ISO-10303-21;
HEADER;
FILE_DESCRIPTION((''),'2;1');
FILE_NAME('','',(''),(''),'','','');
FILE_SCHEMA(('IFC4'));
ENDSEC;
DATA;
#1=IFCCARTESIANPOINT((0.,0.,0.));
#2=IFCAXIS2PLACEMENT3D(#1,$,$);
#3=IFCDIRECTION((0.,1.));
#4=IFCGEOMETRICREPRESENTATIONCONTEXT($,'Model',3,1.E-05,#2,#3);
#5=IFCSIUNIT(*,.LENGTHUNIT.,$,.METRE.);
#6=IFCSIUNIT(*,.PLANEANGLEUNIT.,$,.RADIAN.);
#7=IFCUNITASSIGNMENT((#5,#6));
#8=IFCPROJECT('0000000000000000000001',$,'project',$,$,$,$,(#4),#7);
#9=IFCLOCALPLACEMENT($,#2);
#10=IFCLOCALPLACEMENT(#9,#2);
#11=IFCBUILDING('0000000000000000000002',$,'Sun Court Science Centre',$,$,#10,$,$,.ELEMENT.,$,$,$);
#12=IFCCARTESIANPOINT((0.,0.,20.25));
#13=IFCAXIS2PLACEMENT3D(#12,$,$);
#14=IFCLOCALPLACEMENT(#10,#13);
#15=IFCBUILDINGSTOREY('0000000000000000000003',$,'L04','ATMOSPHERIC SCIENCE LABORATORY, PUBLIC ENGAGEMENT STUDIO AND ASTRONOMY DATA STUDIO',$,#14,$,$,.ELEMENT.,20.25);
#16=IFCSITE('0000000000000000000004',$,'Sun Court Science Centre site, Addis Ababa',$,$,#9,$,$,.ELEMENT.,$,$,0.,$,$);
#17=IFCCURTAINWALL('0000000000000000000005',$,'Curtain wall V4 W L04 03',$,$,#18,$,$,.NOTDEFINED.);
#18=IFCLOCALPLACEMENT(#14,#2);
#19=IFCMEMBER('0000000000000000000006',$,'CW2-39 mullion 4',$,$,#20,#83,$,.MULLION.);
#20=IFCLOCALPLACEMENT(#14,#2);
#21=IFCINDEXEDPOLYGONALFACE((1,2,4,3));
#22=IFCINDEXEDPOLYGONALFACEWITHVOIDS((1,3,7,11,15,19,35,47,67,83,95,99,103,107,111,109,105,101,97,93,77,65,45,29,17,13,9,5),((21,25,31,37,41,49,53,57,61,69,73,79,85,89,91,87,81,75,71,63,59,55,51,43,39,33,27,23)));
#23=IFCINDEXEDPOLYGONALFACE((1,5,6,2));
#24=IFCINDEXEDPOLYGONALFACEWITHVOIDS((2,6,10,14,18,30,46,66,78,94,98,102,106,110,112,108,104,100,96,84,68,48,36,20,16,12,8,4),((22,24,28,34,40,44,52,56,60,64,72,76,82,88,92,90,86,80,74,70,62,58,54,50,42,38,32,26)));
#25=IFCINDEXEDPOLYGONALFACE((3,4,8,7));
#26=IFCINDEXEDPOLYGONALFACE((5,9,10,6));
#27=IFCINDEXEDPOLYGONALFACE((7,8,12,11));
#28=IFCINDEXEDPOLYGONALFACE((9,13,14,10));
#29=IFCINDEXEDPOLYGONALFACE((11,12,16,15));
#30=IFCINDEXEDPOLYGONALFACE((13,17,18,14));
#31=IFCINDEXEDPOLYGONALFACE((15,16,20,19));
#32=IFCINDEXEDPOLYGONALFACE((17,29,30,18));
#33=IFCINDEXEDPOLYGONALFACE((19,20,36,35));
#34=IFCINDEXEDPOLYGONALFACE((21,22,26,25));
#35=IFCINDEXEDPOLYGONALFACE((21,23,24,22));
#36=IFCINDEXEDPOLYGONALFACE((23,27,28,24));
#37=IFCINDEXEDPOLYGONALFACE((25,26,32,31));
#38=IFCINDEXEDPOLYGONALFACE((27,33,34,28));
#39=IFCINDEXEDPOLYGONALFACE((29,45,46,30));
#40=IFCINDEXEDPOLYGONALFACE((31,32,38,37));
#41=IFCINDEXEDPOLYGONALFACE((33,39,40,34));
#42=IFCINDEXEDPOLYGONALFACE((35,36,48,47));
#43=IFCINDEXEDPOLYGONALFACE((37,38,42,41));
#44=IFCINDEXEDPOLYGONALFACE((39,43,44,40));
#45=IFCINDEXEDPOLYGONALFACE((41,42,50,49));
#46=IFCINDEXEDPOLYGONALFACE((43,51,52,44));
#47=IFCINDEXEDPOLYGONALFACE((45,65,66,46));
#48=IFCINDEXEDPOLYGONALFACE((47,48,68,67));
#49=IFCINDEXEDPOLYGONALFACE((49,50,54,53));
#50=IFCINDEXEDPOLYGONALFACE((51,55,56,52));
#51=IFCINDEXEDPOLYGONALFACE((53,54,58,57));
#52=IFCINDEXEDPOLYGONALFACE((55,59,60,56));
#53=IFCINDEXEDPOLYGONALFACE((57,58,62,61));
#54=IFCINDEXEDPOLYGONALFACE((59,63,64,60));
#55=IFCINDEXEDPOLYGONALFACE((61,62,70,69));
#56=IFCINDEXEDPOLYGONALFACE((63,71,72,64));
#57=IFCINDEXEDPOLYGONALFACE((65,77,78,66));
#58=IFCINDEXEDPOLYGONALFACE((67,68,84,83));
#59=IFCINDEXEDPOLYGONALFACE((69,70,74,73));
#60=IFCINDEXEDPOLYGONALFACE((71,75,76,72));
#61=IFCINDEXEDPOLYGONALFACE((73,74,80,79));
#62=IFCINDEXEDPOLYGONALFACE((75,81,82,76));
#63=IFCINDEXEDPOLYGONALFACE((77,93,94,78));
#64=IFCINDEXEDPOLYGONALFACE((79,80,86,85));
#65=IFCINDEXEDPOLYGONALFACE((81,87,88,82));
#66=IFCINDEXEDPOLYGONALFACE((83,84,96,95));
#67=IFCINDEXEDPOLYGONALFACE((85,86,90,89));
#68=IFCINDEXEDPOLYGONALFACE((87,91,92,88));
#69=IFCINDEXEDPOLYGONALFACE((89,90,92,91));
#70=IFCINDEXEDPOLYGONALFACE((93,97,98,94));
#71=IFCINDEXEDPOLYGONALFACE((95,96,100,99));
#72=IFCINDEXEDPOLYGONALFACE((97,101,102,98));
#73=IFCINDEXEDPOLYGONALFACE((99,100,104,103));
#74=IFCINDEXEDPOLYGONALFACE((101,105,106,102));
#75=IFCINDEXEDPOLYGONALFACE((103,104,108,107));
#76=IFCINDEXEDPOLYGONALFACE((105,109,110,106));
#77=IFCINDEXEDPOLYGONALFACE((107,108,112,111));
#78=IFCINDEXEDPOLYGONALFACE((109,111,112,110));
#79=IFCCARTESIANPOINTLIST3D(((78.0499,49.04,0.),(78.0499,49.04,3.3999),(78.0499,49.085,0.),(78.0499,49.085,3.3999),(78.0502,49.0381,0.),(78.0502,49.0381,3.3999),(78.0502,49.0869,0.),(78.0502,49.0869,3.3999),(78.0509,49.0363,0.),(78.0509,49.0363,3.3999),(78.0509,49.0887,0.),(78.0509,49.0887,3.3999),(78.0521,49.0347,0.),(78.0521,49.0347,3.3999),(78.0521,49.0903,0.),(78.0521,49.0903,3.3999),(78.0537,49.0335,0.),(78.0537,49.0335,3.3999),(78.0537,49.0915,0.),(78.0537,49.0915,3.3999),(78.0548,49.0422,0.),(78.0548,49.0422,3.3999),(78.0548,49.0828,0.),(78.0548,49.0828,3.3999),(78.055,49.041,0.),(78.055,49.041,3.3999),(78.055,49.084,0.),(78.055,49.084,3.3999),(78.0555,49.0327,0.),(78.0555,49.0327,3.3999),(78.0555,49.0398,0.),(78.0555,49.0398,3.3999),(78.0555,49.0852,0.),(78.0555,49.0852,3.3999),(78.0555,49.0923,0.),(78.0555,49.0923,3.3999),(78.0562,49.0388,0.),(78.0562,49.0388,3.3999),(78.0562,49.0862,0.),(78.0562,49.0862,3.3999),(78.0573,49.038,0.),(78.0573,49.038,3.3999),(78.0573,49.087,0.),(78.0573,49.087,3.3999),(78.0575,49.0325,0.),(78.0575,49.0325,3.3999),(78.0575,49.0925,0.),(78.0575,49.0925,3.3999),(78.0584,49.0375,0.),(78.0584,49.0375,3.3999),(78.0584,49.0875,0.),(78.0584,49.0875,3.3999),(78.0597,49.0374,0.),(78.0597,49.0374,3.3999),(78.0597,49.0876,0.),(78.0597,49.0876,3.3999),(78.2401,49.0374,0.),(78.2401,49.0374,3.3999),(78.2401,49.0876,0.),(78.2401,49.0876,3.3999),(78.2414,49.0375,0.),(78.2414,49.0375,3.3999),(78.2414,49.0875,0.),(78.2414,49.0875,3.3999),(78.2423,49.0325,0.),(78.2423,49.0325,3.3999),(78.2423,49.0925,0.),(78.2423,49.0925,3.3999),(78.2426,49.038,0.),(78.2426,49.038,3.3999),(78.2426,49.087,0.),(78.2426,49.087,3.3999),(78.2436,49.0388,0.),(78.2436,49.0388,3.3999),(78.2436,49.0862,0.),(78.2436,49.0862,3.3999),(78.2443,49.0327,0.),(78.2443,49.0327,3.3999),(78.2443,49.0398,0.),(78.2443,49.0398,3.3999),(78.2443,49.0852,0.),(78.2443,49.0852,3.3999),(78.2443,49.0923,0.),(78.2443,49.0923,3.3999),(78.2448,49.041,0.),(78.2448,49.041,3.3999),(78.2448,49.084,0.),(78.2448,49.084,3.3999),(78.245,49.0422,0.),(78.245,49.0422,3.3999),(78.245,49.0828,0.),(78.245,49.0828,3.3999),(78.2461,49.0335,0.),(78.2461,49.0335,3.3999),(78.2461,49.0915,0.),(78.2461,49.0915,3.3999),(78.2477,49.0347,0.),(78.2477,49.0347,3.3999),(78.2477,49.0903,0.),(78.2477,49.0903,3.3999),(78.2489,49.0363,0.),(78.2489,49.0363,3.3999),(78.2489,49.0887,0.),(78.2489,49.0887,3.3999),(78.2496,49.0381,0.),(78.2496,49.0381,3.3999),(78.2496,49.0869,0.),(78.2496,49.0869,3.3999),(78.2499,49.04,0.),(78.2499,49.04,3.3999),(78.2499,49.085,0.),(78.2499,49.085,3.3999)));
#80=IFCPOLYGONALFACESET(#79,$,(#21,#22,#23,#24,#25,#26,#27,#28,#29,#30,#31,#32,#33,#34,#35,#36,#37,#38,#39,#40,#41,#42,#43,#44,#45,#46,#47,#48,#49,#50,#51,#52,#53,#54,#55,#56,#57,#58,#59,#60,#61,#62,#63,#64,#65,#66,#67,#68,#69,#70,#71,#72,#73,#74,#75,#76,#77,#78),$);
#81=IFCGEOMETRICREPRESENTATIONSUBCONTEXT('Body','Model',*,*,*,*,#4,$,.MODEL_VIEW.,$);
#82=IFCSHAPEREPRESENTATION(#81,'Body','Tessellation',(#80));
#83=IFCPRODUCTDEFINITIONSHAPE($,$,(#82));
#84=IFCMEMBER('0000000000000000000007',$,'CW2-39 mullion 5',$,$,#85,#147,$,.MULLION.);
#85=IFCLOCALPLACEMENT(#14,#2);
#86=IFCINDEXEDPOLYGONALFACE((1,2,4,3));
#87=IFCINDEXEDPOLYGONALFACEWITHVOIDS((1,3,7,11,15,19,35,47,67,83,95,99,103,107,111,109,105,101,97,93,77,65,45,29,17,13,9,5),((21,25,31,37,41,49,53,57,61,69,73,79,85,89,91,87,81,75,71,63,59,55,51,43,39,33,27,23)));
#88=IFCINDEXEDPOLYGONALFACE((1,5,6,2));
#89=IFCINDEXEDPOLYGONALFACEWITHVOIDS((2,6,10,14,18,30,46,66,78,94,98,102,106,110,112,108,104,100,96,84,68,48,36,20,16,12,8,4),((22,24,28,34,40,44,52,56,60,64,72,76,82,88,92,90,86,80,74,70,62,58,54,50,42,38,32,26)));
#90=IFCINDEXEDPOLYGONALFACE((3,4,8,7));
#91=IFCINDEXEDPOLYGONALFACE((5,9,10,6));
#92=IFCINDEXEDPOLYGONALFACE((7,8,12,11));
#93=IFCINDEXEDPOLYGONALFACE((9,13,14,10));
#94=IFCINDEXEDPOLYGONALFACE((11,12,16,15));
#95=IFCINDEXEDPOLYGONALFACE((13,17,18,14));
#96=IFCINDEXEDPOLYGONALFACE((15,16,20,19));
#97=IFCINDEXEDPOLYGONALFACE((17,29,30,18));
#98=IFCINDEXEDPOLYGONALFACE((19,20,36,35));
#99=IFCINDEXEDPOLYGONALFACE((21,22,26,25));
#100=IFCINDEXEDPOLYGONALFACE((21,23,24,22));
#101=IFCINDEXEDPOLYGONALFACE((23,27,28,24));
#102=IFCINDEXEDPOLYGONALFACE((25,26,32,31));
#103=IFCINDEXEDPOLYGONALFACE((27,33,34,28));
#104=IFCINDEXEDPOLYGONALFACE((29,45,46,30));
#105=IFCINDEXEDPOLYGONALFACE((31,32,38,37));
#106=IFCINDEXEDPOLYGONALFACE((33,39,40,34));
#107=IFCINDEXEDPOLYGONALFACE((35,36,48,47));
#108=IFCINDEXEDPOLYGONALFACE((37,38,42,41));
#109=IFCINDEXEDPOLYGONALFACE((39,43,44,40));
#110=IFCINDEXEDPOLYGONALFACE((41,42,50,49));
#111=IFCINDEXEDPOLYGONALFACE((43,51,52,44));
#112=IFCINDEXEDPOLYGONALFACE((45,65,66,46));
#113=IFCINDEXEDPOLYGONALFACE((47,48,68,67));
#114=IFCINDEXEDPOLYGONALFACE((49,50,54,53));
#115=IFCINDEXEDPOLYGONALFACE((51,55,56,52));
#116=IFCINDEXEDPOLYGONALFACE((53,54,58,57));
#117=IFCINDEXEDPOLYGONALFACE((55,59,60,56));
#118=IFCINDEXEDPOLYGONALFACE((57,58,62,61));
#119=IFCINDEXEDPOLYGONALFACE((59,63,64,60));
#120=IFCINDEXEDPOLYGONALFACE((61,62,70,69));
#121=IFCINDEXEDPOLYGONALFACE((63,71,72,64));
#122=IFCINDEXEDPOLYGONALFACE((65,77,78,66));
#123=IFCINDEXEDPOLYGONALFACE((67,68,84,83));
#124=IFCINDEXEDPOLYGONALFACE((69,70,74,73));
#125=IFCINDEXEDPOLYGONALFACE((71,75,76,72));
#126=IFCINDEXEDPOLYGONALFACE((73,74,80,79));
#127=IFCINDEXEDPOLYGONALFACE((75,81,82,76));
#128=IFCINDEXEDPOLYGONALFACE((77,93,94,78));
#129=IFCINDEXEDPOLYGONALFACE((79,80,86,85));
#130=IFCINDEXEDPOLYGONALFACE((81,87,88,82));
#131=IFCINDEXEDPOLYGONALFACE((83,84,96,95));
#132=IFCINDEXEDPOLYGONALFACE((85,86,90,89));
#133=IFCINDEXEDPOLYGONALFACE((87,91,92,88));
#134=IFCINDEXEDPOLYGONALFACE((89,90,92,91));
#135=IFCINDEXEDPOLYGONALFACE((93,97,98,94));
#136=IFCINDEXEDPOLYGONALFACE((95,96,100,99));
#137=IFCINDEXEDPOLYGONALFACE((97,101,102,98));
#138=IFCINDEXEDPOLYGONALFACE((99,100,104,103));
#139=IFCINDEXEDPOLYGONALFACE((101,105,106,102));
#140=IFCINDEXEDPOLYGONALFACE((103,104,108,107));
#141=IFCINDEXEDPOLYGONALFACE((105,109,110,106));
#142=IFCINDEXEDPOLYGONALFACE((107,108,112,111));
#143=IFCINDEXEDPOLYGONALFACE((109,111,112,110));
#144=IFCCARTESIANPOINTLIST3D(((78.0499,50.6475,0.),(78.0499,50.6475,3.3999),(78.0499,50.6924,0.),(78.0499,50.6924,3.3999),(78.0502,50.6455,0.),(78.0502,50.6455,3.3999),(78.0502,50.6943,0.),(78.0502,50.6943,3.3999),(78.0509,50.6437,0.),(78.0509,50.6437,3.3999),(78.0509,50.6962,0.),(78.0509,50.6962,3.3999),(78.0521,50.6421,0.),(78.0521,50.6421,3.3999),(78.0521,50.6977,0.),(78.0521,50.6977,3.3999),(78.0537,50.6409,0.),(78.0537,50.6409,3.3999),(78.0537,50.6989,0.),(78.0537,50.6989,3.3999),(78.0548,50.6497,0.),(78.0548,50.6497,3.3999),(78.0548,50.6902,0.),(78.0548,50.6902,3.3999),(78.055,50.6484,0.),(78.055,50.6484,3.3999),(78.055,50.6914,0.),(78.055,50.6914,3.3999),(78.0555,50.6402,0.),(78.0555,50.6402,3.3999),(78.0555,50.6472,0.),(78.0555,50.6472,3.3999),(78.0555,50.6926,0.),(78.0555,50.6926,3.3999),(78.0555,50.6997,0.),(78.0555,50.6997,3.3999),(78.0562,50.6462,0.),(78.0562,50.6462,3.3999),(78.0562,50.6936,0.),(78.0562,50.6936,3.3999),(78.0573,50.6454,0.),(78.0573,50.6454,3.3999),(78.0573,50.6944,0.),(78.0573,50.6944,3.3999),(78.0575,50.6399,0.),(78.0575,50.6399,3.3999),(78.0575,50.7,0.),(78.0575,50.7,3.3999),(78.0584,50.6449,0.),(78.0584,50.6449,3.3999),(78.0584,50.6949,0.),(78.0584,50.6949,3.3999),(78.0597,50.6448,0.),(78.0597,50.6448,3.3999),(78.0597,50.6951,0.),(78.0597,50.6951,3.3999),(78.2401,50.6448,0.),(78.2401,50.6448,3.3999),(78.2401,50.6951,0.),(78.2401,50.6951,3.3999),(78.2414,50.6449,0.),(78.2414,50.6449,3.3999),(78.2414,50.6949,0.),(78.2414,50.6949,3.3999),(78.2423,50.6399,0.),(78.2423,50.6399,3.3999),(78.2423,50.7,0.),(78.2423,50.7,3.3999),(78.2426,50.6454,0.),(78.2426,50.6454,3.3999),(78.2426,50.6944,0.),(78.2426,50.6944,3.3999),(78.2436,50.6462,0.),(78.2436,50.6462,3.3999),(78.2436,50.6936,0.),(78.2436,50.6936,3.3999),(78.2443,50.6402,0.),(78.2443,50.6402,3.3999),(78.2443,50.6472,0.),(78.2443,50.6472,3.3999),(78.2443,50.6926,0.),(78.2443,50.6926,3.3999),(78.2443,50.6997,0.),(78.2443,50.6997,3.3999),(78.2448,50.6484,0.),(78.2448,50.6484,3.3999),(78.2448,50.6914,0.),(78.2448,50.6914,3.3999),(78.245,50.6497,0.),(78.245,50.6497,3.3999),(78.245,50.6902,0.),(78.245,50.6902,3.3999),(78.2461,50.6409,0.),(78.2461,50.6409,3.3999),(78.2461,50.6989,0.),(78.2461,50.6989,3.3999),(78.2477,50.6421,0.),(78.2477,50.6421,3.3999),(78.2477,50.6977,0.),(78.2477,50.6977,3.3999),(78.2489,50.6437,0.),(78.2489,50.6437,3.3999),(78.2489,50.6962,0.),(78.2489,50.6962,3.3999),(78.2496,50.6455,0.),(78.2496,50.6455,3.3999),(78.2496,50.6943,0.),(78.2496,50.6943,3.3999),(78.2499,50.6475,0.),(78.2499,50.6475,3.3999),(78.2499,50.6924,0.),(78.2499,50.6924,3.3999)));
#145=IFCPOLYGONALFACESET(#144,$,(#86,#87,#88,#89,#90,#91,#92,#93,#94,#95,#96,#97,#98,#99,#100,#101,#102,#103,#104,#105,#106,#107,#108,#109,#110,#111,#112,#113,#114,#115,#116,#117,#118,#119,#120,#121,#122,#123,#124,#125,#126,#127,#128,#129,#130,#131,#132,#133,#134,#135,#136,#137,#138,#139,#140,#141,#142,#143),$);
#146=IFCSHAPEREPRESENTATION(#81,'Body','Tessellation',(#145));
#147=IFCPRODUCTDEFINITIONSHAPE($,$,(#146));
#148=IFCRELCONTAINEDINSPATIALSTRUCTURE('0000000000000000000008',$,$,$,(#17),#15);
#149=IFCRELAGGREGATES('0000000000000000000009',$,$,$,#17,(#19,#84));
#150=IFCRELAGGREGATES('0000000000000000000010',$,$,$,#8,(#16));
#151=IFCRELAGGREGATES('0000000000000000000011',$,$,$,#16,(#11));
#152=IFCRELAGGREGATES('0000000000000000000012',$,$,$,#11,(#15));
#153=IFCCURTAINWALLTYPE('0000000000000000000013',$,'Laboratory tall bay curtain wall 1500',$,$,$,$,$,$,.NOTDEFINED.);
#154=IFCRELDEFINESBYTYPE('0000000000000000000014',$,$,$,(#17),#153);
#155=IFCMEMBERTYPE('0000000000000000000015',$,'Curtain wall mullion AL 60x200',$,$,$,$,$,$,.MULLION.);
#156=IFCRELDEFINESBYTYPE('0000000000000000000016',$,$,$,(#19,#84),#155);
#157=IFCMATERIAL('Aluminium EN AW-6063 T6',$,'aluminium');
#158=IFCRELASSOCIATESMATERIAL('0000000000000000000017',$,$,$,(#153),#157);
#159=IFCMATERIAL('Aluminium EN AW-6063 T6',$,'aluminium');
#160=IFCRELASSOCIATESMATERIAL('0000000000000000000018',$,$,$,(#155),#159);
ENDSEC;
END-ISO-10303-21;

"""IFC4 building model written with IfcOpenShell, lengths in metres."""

from ifc_helpers import new_model, si_unit, direction, frame, origin, origin_2d, place, context, subcontext, project, spatial, hollow_rectangle, extrude, material, material_profile, profile_set, type_object, element, aggregate, save


model = new_model("IFC4")

# Units and contexts
model_context = context("Model", 3, precision=1e-05, world=origin(), true_north=direction((0.0, 1.0)))
body_context = subcontext(model_context, "Body", "Model", "MODEL_VIEW")
ifc_project = project(units=[si_unit("LENGTHUNIT", "METRE"), si_unit("PLANEANGLEUNIT", "RADIAN")], contexts=[model_context])

# Site, building, storey
site_placement = place(None, origin())
site = spatial("IfcSite", under=ifc_project, at=site_placement, Name="Sun Court Science Centre site, Addis Ababa", CompositionType="ELEMENT", RefElevation=0.0)
building_placement = place(site_placement, origin())
building = spatial("IfcBuilding", under=site, at=building_placement, Name="Sun Court Science Centre", CompositionType="ELEMENT")
storey_placement = place(building_placement, frame((0.0, 0.0, 20.25)))
storey = spatial("IfcBuildingStorey", under=building, at=storey_placement, Name="L04", Description="ATMOSPHERIC SCIENCE LABORATORY, PUBLIC ENGAGEMENT STUDIO AND ASTRONOMY DATA STUDIO", CompositionType="ELEMENT", Elevation=20.25)

# Shared definitions
ifc_material_1 = material(Name="Aluminium EN AW-6063 T6", Category="aluminium")
curtain_wall_type = type_object("IfcCurtainWallType", Name="Laboratory tall bay curtain wall 1500", PredefinedType="NOTDEFINED", material=ifc_material_1)
ifc_material_2 = material(Name="Aluminium EN AW-6063 T6", Category="aluminium")
ifc_material_profile_1 = material_profile(ifc_material_2, hollow_rectangle(XDim=0.0601, YDim=0.2, WallThickness=0.0049, InnerFilletRadius=0.0049, OuterFilletRadius=0.0076, at=origin_2d()), Name="AL 60x200x5")
ifc_profile_set_1 = profile_set([ifc_material_profile_1], Name="Aluminium EN AW-6063 T6")
member_type_1 = type_object("IfcMemberType", Name="Curtain wall mullion AL 60x200", PredefinedType="MULLION", material=ifc_profile_set_1)

# Curtain wall, members
curtain_wall_1_placement = place(storey_placement, origin())
curtain_wall_1 = element("IfcCurtainWall", 1, at=curtain_wall_1_placement, inside=storey, type_object=curtain_wall_type, Name="Curtain wall V4 W L04 03", PredefinedType="NOTDEFINED")
member_1_placement = place(storey_placement, frame((78.1499, 49.0625, 0.0), z_axis=(0.0, 0.0, 1.0), x_axis=(0.0, 1.0, 0.0)))
member_1 = element("IfcMember", 2, at=member_1_placement, type_object=member_type_1, Name="CW2-39 mullion 4", PredefinedType="MULLION", context=body_context, shape_type="SweptSolid", body=[
    extrude(hollow_rectangle(XDim=0.0601, YDim=0.2, WallThickness=0.0049, InnerFilletRadius=0.0049, OuterFilletRadius=0.0076, at=origin_2d()), origin(), (0.0, 0.0, 1.0), 3.3999),
])
member_2_placement = place(storey_placement, frame((78.1499, 50.6699, 0.0), z_axis=(0.0, 0.0, 1.0), x_axis=(0.0, 1.0, 0.0)))
member_2 = element("IfcMember", 3, at=member_2_placement, type_object=member_type_1, Name="CW2-39 mullion 5", PredefinedType="MULLION", context=body_context, shape_type="SweptSolid", body=[
    extrude(hollow_rectangle(XDim=0.0601, YDim=0.2, WallThickness=0.0049, InnerFilletRadius=0.0049, OuterFilletRadius=0.0076, at=origin_2d()), origin(), (0.0, 0.0, 1.0), 3.3999),
])

aggregate(curtain_wall_1, [member_1, member_2])

save(model, "model.ifc")
